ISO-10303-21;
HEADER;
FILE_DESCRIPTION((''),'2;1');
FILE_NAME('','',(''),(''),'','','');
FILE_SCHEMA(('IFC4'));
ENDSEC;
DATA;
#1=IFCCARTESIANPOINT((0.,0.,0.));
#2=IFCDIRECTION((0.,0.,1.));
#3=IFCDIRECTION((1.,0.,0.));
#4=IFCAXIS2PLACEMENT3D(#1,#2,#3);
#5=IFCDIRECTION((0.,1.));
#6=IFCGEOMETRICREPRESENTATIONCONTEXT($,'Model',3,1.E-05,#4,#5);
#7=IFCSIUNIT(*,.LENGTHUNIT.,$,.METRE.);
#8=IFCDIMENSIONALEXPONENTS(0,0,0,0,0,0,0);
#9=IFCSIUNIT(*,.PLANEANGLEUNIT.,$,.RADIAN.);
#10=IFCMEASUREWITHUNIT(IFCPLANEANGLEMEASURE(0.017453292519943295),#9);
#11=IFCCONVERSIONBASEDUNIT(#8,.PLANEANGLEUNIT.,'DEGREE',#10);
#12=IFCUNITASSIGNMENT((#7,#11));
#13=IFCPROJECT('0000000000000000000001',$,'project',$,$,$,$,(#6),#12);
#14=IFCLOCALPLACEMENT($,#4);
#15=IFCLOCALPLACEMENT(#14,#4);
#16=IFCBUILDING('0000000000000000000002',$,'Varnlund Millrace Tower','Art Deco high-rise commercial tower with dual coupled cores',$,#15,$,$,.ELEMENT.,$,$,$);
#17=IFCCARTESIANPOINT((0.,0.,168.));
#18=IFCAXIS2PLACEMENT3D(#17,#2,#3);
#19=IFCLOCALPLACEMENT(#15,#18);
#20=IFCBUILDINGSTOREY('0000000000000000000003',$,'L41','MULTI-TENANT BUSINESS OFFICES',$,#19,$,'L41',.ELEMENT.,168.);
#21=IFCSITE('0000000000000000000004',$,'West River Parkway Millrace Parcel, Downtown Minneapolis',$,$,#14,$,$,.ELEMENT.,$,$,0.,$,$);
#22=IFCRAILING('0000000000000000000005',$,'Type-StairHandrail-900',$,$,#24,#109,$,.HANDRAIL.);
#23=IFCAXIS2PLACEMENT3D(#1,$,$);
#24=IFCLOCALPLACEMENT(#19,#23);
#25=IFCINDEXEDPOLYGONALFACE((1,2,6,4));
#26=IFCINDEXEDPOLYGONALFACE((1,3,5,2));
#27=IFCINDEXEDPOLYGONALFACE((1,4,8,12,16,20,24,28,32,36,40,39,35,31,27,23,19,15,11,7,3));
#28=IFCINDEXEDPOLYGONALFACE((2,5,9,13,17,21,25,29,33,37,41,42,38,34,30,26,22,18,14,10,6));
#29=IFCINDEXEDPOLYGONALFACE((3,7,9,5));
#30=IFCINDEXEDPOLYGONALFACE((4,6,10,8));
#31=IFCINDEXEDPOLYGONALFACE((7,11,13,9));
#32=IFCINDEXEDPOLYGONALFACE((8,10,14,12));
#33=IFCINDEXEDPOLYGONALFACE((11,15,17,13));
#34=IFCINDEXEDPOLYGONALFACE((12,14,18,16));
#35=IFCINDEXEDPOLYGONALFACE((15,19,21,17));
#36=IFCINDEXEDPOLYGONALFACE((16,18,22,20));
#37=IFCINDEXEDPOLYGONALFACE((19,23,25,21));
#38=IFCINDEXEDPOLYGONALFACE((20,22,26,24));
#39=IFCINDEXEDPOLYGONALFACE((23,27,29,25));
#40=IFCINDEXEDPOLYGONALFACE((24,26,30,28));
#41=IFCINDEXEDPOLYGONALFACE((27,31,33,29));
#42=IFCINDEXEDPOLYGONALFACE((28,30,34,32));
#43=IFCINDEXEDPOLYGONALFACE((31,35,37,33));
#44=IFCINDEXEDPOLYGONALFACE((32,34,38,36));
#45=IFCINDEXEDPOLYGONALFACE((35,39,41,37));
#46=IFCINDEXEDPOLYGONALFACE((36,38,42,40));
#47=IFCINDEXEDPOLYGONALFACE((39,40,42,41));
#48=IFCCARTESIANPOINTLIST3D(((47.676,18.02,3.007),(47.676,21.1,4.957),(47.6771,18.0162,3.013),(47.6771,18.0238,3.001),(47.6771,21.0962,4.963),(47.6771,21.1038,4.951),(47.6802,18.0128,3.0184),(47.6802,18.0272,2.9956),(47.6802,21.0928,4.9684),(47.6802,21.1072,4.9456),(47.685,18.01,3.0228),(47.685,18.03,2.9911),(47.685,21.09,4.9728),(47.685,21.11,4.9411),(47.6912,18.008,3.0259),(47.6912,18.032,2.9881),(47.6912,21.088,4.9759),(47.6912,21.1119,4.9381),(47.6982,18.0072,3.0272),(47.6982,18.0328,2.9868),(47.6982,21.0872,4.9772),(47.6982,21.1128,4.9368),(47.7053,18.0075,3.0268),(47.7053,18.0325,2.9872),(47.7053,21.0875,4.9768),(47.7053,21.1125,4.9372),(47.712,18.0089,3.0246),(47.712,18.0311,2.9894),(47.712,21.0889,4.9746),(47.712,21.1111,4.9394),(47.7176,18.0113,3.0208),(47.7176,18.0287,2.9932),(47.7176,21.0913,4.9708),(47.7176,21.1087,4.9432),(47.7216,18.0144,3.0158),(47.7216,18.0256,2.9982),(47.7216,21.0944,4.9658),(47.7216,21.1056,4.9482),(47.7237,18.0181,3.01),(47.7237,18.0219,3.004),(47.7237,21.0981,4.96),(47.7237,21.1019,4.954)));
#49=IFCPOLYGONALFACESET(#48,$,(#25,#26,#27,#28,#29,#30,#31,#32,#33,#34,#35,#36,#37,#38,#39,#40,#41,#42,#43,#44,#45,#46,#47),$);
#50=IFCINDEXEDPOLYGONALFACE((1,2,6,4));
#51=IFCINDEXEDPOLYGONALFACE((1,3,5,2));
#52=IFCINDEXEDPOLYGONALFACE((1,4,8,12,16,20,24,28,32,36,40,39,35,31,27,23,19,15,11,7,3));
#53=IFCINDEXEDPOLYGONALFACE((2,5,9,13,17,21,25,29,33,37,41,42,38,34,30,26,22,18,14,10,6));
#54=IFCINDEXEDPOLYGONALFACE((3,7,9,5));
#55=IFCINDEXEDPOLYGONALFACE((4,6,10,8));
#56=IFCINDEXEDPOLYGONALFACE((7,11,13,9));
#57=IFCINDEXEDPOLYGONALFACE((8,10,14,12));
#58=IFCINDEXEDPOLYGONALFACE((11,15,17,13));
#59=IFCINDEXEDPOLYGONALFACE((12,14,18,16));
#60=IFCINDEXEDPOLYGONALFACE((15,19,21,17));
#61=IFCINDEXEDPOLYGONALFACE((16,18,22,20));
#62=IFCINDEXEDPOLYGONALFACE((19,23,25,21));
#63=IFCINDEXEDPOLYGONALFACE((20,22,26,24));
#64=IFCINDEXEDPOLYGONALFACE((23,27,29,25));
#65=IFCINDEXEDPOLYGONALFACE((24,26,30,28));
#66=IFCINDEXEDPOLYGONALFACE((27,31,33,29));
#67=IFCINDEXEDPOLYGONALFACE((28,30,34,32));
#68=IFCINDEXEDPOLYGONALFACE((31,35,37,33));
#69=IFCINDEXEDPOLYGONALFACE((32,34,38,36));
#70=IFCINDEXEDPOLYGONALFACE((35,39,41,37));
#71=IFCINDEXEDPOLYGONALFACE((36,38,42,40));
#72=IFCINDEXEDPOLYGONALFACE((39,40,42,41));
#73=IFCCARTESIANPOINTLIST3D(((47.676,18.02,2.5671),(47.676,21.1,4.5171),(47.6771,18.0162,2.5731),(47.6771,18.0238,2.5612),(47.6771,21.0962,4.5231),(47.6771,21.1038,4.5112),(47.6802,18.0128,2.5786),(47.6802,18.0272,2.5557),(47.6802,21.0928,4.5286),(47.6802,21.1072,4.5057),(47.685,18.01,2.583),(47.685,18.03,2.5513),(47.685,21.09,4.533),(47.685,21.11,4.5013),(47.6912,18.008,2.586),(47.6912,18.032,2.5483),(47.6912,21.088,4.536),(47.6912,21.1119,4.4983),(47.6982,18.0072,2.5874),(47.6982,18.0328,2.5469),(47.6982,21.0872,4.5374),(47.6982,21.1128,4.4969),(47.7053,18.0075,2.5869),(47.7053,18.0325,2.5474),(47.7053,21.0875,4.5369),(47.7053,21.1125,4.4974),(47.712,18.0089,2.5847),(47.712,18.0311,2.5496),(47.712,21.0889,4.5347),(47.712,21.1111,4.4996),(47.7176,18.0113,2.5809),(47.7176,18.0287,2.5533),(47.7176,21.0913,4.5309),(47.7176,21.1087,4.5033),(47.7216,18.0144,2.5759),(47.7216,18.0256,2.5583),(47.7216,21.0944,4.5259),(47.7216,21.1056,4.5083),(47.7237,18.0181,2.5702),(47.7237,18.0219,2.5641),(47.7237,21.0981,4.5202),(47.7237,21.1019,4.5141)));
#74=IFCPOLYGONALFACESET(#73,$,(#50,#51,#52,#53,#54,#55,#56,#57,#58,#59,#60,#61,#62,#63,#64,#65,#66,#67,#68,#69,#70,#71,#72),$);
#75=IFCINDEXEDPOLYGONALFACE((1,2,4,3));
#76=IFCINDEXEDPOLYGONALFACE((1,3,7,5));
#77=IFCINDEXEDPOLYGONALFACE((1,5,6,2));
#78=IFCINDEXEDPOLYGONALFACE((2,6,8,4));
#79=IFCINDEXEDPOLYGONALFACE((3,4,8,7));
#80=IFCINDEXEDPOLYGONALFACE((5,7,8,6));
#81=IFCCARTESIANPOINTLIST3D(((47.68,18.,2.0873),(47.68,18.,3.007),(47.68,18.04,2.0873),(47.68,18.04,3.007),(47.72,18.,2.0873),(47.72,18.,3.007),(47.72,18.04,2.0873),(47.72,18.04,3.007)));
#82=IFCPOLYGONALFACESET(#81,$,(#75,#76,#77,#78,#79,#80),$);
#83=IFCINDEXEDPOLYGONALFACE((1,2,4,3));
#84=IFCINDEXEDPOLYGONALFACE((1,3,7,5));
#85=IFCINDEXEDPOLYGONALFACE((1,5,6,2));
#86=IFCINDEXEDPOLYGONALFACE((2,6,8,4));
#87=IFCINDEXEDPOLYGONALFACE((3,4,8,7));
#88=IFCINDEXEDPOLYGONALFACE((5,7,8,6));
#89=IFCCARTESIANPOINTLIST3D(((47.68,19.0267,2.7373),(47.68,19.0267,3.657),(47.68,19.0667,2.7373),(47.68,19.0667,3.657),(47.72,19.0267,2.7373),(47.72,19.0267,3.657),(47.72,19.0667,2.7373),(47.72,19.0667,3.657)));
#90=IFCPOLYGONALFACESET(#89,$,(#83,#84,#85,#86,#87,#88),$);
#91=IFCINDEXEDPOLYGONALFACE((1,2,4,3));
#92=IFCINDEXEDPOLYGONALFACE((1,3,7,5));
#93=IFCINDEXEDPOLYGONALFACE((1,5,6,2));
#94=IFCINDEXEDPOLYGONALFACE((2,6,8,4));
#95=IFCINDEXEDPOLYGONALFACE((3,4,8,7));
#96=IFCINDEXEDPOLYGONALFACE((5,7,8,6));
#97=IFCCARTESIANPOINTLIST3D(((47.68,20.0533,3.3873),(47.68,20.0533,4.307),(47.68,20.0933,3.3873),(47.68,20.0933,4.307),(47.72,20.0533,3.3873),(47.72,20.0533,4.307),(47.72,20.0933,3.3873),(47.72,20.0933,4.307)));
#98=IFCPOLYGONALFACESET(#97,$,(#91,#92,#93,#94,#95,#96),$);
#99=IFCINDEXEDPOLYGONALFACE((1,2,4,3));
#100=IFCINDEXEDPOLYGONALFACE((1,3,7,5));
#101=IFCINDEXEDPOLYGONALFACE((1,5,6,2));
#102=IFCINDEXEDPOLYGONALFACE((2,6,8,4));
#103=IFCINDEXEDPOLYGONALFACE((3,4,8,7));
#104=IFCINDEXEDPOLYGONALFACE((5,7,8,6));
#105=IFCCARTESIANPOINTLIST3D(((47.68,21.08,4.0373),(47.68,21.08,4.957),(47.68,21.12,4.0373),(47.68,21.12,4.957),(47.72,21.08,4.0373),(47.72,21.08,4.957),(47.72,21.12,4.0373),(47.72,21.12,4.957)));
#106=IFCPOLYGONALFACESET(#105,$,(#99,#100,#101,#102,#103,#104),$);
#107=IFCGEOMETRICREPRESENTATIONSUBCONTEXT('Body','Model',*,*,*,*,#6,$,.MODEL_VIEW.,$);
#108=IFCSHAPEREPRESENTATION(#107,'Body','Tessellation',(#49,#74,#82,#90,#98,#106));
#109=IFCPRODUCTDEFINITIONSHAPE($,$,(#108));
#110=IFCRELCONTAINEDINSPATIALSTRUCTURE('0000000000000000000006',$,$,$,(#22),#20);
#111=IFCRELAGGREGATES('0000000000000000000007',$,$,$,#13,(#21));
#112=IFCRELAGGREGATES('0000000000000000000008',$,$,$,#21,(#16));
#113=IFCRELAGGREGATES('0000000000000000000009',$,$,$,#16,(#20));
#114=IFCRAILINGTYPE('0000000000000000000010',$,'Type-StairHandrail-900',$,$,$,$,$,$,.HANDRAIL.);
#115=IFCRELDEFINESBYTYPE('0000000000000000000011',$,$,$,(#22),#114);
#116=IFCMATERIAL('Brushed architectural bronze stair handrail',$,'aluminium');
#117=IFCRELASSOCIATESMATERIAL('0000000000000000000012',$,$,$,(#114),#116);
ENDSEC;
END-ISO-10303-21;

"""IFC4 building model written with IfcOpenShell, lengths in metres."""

from ifc_helpers import new_model, entity, si_unit, converted_unit, direction, frame, origin_with_axes, origin_2d_with_axis, place, context, subcontext, project, spatial, rectangle, circle, extrude, material, type_object, element, save


model = new_model("IFC4")

# Units and contexts
model_context = context("Model", 3, precision=1e-05, world=origin_with_axes(), true_north=direction((0.0, 1.0)))
body_context = subcontext(model_context, "Body", "Model", "MODEL_VIEW")
ifc_project = project(units=[si_unit("LENGTHUNIT", "METRE"), converted_unit("PLANEANGLEUNIT", "DEGREE", entity("IfcPlaneAngleMeasure", 0.017453292519943295), si_unit("PLANEANGLEUNIT", "RADIAN"), dimensions=[0, 0, 0, 0, 0, 0, 0])], contexts=[model_context])

# Site, building, storey
site_placement = place(None, origin_with_axes())
site = spatial("IfcSite", under=ifc_project, at=site_placement, Name="West River Parkway Millrace Parcel, Downtown Minneapolis", CompositionType="ELEMENT", RefElevation=0.0)
building_placement = place(site_placement, origin_with_axes())
building = spatial("IfcBuilding", under=site, at=building_placement, Name="Varnlund Millrace Tower", Description="Art Deco high-rise commercial tower with dual coupled cores", CompositionType="ELEMENT")
storey_placement = place(building_placement, frame((0.0, 0.0, 168.0), z_axis=(0.0, 0.0, 1.0), x_axis=(1.0, 0.0, 0.0)))
storey = spatial("IfcBuildingStorey", under=building, at=storey_placement, Name="L41", Description="MULTI-TENANT BUSINESS OFFICES", LongName="L41", CompositionType="ELEMENT", Elevation=168.0)

# Railing
ifc_material_1 = material(Name="Brushed architectural bronze stair handrail", Category="aluminium")
railing_type_1 = type_object("IfcRailingType", Name="Type-StairHandrail-900", PredefinedType="HANDRAIL", material=ifc_material_1)
railing_1_placement = place(storey_placement, frame((0.0, 0.0, -168.0), z_axis=(0.0, 0.0, 1.0), x_axis=(1.0, 0.0, 0.0)))
element("IfcRailing", 1, at=railing_1_placement, inside=storey, type_object=railing_type_1, Name="Type-StairHandrail-900", PredefinedType="HANDRAIL", context=body_context, shape_type="SweptSolid", body=[
    extrude(circle(Radius=0.024, at=origin_2d_with_axis()), frame((47.7, 18.02, 171.007), z_axis=(0.0, 0.844902, 0.534922), x_axis=(-1.0, 0.0, 0.0)), (0.0, 0.0, 1.0), 3.6454),
    extrude(circle(Radius=0.024, at=origin_2d_with_axis()), frame((47.7, 18.02, 170.5671), z_axis=(0.0, 0.844902, 0.534922), x_axis=(-1.0, 0.0, 0.0)), (0.0, 0.0, 1.0), 3.6454),
    extrude(rectangle(XDim=0.04, YDim=0.04, at=origin_2d_with_axis()), frame((47.7, 18.02, 170.0873), z_axis=(0.0, 0.0, 1.0), x_axis=(1.0, 0.0, 0.0)), (0.0, 0.0, 1.0), 0.9197),
    extrude(rectangle(XDim=0.04, YDim=0.04, at=origin_2d_with_axis()), frame((47.7, 19.0467, 170.7373), z_axis=(0.0, 0.0, 1.0), x_axis=(1.0, 0.0, 0.0)), (0.0, 0.0, 1.0), 0.9197),
    extrude(rectangle(XDim=0.04, YDim=0.04, at=origin_2d_with_axis()), frame((47.7, 20.0733, 171.3873), z_axis=(0.0, 0.0, 1.0), x_axis=(1.0, 0.0, 0.0)), (0.0, 0.0, 1.0), 0.9197),
    extrude(rectangle(XDim=0.04, YDim=0.04, at=origin_2d_with_axis()), frame((47.7, 21.1, 172.0373), z_axis=(0.0, 0.0, 1.0), x_axis=(1.0, 0.0, 0.0)), (0.0, 0.0, 1.0), 0.9197),
])

save(model, "model.ifc")
